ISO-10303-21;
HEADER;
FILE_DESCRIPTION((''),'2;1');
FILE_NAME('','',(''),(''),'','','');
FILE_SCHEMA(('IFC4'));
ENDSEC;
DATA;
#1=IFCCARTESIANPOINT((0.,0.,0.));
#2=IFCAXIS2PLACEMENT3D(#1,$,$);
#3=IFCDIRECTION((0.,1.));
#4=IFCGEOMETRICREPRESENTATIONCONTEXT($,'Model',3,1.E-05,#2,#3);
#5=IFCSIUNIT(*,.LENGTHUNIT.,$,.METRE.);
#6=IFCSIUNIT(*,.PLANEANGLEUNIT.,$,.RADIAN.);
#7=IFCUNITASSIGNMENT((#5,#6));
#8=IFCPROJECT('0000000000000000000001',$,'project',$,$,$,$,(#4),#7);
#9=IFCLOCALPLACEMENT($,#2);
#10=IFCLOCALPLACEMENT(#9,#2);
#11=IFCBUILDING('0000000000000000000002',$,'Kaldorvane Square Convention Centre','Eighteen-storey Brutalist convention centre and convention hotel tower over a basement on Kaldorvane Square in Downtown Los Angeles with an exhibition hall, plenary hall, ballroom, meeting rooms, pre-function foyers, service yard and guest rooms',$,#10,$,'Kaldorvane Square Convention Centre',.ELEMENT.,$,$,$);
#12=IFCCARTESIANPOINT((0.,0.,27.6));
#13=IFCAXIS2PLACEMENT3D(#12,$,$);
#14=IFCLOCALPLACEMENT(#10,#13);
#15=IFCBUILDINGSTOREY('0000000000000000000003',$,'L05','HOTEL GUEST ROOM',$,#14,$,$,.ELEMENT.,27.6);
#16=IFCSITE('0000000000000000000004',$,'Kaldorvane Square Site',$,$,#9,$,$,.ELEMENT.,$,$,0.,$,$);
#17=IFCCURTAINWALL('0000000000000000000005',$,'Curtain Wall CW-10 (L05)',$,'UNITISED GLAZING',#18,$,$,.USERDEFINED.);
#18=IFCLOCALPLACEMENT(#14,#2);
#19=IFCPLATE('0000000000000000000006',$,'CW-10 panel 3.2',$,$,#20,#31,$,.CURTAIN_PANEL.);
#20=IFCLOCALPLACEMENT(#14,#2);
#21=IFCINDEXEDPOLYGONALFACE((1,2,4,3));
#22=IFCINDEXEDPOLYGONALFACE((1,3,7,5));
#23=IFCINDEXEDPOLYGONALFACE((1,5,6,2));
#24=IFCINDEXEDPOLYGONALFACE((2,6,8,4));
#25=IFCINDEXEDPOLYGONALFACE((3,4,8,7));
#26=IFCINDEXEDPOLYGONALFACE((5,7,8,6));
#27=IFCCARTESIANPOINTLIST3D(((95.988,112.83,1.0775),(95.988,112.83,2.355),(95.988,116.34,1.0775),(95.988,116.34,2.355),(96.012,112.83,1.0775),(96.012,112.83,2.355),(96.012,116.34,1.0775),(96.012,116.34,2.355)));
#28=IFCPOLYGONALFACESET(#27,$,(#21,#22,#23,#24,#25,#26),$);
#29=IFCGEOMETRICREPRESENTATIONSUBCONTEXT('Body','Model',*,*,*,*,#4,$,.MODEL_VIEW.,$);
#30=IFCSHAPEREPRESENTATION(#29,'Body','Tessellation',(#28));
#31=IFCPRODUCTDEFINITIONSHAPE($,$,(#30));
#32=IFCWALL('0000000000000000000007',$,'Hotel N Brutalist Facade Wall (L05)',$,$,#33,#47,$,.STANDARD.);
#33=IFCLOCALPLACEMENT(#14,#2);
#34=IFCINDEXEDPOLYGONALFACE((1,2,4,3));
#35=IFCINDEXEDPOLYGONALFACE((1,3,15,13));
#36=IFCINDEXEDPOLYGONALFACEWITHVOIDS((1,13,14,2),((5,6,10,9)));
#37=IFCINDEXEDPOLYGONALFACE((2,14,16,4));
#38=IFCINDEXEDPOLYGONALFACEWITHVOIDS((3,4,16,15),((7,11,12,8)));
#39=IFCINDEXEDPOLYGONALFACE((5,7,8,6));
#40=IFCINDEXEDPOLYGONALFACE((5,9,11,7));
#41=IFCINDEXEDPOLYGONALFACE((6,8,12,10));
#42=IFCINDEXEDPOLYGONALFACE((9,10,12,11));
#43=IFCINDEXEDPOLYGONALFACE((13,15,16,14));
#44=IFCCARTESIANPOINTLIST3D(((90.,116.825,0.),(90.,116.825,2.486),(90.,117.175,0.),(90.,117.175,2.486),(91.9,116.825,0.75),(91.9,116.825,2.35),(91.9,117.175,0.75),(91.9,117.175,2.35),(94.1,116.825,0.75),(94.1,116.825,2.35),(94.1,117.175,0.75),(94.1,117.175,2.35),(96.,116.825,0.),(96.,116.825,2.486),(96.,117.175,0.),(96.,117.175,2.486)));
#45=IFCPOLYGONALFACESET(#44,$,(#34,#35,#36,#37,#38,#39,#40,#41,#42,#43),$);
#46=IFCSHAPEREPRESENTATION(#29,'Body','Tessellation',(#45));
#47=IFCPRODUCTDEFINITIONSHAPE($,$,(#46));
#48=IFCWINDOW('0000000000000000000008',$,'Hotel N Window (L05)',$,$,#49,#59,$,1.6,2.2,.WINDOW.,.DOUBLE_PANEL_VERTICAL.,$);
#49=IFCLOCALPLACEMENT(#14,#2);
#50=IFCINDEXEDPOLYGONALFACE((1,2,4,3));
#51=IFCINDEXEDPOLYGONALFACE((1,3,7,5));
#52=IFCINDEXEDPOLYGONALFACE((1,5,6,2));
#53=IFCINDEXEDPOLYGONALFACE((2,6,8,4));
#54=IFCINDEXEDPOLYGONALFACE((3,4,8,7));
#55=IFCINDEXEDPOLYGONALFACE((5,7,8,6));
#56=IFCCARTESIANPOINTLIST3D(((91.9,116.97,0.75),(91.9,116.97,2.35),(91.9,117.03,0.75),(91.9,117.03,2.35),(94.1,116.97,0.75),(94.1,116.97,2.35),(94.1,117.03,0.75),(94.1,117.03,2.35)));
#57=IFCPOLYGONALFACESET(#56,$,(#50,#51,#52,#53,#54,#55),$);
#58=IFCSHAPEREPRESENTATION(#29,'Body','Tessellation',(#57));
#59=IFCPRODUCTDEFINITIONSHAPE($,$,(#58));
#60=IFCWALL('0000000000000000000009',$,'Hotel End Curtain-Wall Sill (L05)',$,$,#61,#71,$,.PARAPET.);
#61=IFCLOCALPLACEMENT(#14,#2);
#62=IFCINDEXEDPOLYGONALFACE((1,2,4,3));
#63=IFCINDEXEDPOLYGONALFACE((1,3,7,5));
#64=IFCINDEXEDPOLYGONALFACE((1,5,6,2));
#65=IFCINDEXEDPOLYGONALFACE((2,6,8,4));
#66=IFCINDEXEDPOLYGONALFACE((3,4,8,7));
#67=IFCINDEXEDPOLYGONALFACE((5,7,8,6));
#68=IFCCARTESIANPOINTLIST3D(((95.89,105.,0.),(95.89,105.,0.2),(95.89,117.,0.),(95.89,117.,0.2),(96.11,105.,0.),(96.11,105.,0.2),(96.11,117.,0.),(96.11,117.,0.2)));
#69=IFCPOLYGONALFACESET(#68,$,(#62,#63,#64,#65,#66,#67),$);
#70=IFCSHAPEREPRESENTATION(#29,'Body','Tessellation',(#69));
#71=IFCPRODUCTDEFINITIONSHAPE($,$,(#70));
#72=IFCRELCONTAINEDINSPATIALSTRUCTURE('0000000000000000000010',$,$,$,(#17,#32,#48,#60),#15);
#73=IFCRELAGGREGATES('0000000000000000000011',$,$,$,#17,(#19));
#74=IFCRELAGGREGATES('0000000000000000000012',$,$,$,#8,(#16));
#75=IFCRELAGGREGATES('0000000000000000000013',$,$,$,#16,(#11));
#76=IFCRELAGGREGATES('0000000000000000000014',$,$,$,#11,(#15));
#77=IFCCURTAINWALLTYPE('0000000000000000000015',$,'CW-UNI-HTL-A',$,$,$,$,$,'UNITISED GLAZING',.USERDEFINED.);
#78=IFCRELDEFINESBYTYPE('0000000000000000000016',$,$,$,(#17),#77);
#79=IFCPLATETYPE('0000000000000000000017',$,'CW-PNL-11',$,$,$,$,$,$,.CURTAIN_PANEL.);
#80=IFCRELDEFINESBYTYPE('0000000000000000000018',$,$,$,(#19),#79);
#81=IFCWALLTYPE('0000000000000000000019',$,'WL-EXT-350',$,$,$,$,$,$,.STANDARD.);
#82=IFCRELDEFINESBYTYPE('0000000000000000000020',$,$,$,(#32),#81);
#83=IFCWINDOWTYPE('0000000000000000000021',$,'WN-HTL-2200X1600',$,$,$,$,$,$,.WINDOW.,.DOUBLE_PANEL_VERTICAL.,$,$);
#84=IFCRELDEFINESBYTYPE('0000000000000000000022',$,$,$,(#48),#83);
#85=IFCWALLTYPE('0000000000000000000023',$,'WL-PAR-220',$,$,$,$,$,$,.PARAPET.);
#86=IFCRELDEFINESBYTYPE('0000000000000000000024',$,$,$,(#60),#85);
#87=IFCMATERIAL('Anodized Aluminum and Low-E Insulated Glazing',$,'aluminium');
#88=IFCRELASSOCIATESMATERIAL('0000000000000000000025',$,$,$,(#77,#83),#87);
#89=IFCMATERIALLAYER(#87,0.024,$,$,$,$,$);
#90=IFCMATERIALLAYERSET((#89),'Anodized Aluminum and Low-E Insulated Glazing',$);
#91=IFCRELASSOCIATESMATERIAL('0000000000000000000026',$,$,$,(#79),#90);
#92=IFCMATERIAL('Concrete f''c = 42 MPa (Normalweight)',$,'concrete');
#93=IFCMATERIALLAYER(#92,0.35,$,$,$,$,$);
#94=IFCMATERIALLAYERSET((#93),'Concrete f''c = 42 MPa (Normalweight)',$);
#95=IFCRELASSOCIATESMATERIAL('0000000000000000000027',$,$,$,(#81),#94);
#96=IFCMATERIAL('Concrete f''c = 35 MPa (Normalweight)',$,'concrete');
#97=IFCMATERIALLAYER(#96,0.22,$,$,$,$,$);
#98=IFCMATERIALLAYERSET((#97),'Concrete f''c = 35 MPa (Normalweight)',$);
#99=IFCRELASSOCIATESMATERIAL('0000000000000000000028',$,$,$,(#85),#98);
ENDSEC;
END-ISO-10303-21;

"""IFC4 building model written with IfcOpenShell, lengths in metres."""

from ifc_helpers import new_model, si_unit, direction, frame, frame_2d, origin, origin_2d, place, context, subcontext, project, spatial, rectangle, extrude, material, layer, layer_set, type_object, element, fill, aggregate, save


model = new_model("IFC4")

# Units and contexts
model_context = context("Model", 3, precision=1e-05, world=origin(), true_north=direction((0.0, 1.0)))
body_context = subcontext(model_context, "Body", "Model", "MODEL_VIEW")
ifc_project = project(units=[si_unit("LENGTHUNIT", "METRE"), si_unit("PLANEANGLEUNIT", "RADIAN")], contexts=[model_context])

# Site, building, storey
site_placement = place(None, origin())
site = spatial("IfcSite", under=ifc_project, at=site_placement, Name="Kaldorvane Square Site", CompositionType="ELEMENT", RefElevation=0.0)
building_placement = place(site_placement, origin())
building = spatial("IfcBuilding", under=site, at=building_placement, Name="Kaldorvane Square Convention Centre", Description="Eighteen-storey Brutalist convention centre and convention hotel tower over a basement on Kaldorvane Square in Downtown Los Angeles with an exhibition hall, plenary hall, ballroom, meeting rooms, pre-function foyers, service yard and guest rooms", LongName="Kaldorvane Square Convention Centre", CompositionType="ELEMENT")
storey_placement = place(building_placement, frame((0.0, 0.0, 27.6)))
storey = spatial("IfcBuildingStorey", under=building, at=storey_placement, Name="L05", Description="HOTEL GUEST ROOM", CompositionType="ELEMENT", Elevation=27.6)

# Curtain wall, plate
ifc_material_1 = material(Name="Anodized Aluminum and Low-E Insulated Glazing", Category="aluminium")
curtain_wall_type = type_object("IfcCurtainWallType", Name="CW-UNI-HTL-A", ElementType="UNITISED GLAZING", PredefinedType="USERDEFINED", material=ifc_material_1)
curtain_wall_placement = place(storey_placement, origin())
curtain_wall = element("IfcCurtainWall", 1, at=curtain_wall_placement, inside=storey, type_object=curtain_wall_type, Name="Curtain Wall CW-10 (L05)", ObjectType="UNITISED GLAZING", PredefinedType="USERDEFINED")
ifc_layer_1 = layer(ifc_material_1, 0.024)
ifc_layer_set_1 = layer_set([ifc_layer_1], Name="Anodized Aluminum and Low-E Insulated Glazing")
plate_type = type_object("IfcPlateType", Name="CW-PNL-11", PredefinedType="CURTAIN_PANEL", material=ifc_layer_set_1)
plate_1_placement = place(storey_placement, frame((96.0, 114.585, 1.0775), z_axis=(0.0, 0.0, 1.0), x_axis=(0.0, 1.0, 0.0)))
plate_1 = element("IfcPlate", 2, at=plate_1_placement, type_object=plate_type, Name="CW-10 panel 3.2", PredefinedType="CURTAIN_PANEL", context=body_context, shape_type="SweptSolid", body=[
    extrude(rectangle(XDim=3.51, YDim=0.024, at=origin_2d()), origin(), (0.0, 0.0, 1.0), 1.2775),
])
aggregate(curtain_wall, [plate_1])

# Wall, opening, window
ifc_material_2 = material(Name="Concrete f'c = 42 MPa (Normalweight)", Category="concrete")
ifc_layer_2 = layer(ifc_material_2, 0.35)
ifc_layer_set_2 = layer_set([ifc_layer_2], Name="Concrete f'c = 42 MPa (Normalweight)")
wall_type_1 = type_object("IfcWallType", Name="WL-EXT-350", PredefinedType="STANDARD", material=ifc_layer_set_2)
wall_1_placement = place(storey_placement, frame((96.0, 117.0, 0.0), z_axis=(0.0, 0.0, 1.0), x_axis=(-1.0, 0.0, 0.0)))
wall_1 = element("IfcWall", 3, at=wall_1_placement, inside=storey, type_object=wall_type_1, Name="Hotel N Brutalist Facade Wall (L05)", PredefinedType="STANDARD", context=body_context, shape_type="SweptSolid", body=[
    extrude(rectangle(XDim=6.0, YDim=0.35, at=frame_2d((3.0, 0.0))), origin(), (0.0, 0.0, 1.0), 2.486),
])
opening_placement = place(wall_1_placement, frame((1.9, 0.0, 0.75)))
opening = element("IfcOpeningElement", 4, at=opening_placement, cuts=wall_1, PredefinedType="OPENING", context=body_context, shape_type="SweptSolid", body=[
    extrude(rectangle(XDim=2.2, YDim=1.6, at=frame_2d((1.1, 0.8))), frame((0.0, 0.19, 0.0), z_axis=(0.0, -1.0, 0.0), x_axis=(1.0, 0.0, 0.0)), (0.0, 0.0, 1.0), 0.38),
])
window_type = type_object("IfcWindowType", Name="WN-HTL-2200X1600", PartitioningType="DOUBLE_PANEL_VERTICAL", PredefinedType="WINDOW", material=ifc_material_1)
window_placement = place(opening_placement, origin())
window = element("IfcWindow", 5, at=window_placement, inside=storey, type_object=window_type, Name="Hotel N Window (L05)", OverallHeight=1.6, OverallWidth=2.2, PartitioningType="DOUBLE_PANEL_VERTICAL", PredefinedType="WINDOW", context=body_context, shape_type="SweptSolid", body=[
    extrude(rectangle(XDim=2.2, YDim=1.6, at=frame_2d((1.1, 0.8))), frame((0.0, 0.03, 0.0), z_axis=(0.0, -1.0, 0.0), x_axis=(1.0, 0.0, 0.0)), (0.0, 0.0, 1.0), 0.06),
])
fill(opening, window)

# Wall
ifc_material_3 = material(Name="Concrete f'c = 35 MPa (Normalweight)", Category="concrete")
ifc_layer_3 = layer(ifc_material_3, 0.22)
ifc_layer_set_3 = layer_set([ifc_layer_3], Name="Concrete f'c = 35 MPa (Normalweight)")
wall_type_2 = type_object("IfcWallType", Name="WL-PAR-220", PredefinedType="PARAPET", material=ifc_layer_set_3)
wall_2_placement = place(storey_placement, frame((96.0, 105.0, 0.0), z_axis=(0.0, 0.0, 1.0), x_axis=(0.0, 1.0, 0.0)))
element("IfcWall", 6, at=wall_2_placement, inside=storey, type_object=wall_type_2, Name="Hotel End Curtain-Wall Sill (L05)", PredefinedType="PARAPET", context=body_context, shape_type="SweptSolid", body=[
    extrude(rectangle(XDim=12.0, YDim=0.22, at=frame_2d((6.0, 0.0))), origin(), (0.0, 0.0, 1.0), 0.2),
])

save(model, "model.ifc")
